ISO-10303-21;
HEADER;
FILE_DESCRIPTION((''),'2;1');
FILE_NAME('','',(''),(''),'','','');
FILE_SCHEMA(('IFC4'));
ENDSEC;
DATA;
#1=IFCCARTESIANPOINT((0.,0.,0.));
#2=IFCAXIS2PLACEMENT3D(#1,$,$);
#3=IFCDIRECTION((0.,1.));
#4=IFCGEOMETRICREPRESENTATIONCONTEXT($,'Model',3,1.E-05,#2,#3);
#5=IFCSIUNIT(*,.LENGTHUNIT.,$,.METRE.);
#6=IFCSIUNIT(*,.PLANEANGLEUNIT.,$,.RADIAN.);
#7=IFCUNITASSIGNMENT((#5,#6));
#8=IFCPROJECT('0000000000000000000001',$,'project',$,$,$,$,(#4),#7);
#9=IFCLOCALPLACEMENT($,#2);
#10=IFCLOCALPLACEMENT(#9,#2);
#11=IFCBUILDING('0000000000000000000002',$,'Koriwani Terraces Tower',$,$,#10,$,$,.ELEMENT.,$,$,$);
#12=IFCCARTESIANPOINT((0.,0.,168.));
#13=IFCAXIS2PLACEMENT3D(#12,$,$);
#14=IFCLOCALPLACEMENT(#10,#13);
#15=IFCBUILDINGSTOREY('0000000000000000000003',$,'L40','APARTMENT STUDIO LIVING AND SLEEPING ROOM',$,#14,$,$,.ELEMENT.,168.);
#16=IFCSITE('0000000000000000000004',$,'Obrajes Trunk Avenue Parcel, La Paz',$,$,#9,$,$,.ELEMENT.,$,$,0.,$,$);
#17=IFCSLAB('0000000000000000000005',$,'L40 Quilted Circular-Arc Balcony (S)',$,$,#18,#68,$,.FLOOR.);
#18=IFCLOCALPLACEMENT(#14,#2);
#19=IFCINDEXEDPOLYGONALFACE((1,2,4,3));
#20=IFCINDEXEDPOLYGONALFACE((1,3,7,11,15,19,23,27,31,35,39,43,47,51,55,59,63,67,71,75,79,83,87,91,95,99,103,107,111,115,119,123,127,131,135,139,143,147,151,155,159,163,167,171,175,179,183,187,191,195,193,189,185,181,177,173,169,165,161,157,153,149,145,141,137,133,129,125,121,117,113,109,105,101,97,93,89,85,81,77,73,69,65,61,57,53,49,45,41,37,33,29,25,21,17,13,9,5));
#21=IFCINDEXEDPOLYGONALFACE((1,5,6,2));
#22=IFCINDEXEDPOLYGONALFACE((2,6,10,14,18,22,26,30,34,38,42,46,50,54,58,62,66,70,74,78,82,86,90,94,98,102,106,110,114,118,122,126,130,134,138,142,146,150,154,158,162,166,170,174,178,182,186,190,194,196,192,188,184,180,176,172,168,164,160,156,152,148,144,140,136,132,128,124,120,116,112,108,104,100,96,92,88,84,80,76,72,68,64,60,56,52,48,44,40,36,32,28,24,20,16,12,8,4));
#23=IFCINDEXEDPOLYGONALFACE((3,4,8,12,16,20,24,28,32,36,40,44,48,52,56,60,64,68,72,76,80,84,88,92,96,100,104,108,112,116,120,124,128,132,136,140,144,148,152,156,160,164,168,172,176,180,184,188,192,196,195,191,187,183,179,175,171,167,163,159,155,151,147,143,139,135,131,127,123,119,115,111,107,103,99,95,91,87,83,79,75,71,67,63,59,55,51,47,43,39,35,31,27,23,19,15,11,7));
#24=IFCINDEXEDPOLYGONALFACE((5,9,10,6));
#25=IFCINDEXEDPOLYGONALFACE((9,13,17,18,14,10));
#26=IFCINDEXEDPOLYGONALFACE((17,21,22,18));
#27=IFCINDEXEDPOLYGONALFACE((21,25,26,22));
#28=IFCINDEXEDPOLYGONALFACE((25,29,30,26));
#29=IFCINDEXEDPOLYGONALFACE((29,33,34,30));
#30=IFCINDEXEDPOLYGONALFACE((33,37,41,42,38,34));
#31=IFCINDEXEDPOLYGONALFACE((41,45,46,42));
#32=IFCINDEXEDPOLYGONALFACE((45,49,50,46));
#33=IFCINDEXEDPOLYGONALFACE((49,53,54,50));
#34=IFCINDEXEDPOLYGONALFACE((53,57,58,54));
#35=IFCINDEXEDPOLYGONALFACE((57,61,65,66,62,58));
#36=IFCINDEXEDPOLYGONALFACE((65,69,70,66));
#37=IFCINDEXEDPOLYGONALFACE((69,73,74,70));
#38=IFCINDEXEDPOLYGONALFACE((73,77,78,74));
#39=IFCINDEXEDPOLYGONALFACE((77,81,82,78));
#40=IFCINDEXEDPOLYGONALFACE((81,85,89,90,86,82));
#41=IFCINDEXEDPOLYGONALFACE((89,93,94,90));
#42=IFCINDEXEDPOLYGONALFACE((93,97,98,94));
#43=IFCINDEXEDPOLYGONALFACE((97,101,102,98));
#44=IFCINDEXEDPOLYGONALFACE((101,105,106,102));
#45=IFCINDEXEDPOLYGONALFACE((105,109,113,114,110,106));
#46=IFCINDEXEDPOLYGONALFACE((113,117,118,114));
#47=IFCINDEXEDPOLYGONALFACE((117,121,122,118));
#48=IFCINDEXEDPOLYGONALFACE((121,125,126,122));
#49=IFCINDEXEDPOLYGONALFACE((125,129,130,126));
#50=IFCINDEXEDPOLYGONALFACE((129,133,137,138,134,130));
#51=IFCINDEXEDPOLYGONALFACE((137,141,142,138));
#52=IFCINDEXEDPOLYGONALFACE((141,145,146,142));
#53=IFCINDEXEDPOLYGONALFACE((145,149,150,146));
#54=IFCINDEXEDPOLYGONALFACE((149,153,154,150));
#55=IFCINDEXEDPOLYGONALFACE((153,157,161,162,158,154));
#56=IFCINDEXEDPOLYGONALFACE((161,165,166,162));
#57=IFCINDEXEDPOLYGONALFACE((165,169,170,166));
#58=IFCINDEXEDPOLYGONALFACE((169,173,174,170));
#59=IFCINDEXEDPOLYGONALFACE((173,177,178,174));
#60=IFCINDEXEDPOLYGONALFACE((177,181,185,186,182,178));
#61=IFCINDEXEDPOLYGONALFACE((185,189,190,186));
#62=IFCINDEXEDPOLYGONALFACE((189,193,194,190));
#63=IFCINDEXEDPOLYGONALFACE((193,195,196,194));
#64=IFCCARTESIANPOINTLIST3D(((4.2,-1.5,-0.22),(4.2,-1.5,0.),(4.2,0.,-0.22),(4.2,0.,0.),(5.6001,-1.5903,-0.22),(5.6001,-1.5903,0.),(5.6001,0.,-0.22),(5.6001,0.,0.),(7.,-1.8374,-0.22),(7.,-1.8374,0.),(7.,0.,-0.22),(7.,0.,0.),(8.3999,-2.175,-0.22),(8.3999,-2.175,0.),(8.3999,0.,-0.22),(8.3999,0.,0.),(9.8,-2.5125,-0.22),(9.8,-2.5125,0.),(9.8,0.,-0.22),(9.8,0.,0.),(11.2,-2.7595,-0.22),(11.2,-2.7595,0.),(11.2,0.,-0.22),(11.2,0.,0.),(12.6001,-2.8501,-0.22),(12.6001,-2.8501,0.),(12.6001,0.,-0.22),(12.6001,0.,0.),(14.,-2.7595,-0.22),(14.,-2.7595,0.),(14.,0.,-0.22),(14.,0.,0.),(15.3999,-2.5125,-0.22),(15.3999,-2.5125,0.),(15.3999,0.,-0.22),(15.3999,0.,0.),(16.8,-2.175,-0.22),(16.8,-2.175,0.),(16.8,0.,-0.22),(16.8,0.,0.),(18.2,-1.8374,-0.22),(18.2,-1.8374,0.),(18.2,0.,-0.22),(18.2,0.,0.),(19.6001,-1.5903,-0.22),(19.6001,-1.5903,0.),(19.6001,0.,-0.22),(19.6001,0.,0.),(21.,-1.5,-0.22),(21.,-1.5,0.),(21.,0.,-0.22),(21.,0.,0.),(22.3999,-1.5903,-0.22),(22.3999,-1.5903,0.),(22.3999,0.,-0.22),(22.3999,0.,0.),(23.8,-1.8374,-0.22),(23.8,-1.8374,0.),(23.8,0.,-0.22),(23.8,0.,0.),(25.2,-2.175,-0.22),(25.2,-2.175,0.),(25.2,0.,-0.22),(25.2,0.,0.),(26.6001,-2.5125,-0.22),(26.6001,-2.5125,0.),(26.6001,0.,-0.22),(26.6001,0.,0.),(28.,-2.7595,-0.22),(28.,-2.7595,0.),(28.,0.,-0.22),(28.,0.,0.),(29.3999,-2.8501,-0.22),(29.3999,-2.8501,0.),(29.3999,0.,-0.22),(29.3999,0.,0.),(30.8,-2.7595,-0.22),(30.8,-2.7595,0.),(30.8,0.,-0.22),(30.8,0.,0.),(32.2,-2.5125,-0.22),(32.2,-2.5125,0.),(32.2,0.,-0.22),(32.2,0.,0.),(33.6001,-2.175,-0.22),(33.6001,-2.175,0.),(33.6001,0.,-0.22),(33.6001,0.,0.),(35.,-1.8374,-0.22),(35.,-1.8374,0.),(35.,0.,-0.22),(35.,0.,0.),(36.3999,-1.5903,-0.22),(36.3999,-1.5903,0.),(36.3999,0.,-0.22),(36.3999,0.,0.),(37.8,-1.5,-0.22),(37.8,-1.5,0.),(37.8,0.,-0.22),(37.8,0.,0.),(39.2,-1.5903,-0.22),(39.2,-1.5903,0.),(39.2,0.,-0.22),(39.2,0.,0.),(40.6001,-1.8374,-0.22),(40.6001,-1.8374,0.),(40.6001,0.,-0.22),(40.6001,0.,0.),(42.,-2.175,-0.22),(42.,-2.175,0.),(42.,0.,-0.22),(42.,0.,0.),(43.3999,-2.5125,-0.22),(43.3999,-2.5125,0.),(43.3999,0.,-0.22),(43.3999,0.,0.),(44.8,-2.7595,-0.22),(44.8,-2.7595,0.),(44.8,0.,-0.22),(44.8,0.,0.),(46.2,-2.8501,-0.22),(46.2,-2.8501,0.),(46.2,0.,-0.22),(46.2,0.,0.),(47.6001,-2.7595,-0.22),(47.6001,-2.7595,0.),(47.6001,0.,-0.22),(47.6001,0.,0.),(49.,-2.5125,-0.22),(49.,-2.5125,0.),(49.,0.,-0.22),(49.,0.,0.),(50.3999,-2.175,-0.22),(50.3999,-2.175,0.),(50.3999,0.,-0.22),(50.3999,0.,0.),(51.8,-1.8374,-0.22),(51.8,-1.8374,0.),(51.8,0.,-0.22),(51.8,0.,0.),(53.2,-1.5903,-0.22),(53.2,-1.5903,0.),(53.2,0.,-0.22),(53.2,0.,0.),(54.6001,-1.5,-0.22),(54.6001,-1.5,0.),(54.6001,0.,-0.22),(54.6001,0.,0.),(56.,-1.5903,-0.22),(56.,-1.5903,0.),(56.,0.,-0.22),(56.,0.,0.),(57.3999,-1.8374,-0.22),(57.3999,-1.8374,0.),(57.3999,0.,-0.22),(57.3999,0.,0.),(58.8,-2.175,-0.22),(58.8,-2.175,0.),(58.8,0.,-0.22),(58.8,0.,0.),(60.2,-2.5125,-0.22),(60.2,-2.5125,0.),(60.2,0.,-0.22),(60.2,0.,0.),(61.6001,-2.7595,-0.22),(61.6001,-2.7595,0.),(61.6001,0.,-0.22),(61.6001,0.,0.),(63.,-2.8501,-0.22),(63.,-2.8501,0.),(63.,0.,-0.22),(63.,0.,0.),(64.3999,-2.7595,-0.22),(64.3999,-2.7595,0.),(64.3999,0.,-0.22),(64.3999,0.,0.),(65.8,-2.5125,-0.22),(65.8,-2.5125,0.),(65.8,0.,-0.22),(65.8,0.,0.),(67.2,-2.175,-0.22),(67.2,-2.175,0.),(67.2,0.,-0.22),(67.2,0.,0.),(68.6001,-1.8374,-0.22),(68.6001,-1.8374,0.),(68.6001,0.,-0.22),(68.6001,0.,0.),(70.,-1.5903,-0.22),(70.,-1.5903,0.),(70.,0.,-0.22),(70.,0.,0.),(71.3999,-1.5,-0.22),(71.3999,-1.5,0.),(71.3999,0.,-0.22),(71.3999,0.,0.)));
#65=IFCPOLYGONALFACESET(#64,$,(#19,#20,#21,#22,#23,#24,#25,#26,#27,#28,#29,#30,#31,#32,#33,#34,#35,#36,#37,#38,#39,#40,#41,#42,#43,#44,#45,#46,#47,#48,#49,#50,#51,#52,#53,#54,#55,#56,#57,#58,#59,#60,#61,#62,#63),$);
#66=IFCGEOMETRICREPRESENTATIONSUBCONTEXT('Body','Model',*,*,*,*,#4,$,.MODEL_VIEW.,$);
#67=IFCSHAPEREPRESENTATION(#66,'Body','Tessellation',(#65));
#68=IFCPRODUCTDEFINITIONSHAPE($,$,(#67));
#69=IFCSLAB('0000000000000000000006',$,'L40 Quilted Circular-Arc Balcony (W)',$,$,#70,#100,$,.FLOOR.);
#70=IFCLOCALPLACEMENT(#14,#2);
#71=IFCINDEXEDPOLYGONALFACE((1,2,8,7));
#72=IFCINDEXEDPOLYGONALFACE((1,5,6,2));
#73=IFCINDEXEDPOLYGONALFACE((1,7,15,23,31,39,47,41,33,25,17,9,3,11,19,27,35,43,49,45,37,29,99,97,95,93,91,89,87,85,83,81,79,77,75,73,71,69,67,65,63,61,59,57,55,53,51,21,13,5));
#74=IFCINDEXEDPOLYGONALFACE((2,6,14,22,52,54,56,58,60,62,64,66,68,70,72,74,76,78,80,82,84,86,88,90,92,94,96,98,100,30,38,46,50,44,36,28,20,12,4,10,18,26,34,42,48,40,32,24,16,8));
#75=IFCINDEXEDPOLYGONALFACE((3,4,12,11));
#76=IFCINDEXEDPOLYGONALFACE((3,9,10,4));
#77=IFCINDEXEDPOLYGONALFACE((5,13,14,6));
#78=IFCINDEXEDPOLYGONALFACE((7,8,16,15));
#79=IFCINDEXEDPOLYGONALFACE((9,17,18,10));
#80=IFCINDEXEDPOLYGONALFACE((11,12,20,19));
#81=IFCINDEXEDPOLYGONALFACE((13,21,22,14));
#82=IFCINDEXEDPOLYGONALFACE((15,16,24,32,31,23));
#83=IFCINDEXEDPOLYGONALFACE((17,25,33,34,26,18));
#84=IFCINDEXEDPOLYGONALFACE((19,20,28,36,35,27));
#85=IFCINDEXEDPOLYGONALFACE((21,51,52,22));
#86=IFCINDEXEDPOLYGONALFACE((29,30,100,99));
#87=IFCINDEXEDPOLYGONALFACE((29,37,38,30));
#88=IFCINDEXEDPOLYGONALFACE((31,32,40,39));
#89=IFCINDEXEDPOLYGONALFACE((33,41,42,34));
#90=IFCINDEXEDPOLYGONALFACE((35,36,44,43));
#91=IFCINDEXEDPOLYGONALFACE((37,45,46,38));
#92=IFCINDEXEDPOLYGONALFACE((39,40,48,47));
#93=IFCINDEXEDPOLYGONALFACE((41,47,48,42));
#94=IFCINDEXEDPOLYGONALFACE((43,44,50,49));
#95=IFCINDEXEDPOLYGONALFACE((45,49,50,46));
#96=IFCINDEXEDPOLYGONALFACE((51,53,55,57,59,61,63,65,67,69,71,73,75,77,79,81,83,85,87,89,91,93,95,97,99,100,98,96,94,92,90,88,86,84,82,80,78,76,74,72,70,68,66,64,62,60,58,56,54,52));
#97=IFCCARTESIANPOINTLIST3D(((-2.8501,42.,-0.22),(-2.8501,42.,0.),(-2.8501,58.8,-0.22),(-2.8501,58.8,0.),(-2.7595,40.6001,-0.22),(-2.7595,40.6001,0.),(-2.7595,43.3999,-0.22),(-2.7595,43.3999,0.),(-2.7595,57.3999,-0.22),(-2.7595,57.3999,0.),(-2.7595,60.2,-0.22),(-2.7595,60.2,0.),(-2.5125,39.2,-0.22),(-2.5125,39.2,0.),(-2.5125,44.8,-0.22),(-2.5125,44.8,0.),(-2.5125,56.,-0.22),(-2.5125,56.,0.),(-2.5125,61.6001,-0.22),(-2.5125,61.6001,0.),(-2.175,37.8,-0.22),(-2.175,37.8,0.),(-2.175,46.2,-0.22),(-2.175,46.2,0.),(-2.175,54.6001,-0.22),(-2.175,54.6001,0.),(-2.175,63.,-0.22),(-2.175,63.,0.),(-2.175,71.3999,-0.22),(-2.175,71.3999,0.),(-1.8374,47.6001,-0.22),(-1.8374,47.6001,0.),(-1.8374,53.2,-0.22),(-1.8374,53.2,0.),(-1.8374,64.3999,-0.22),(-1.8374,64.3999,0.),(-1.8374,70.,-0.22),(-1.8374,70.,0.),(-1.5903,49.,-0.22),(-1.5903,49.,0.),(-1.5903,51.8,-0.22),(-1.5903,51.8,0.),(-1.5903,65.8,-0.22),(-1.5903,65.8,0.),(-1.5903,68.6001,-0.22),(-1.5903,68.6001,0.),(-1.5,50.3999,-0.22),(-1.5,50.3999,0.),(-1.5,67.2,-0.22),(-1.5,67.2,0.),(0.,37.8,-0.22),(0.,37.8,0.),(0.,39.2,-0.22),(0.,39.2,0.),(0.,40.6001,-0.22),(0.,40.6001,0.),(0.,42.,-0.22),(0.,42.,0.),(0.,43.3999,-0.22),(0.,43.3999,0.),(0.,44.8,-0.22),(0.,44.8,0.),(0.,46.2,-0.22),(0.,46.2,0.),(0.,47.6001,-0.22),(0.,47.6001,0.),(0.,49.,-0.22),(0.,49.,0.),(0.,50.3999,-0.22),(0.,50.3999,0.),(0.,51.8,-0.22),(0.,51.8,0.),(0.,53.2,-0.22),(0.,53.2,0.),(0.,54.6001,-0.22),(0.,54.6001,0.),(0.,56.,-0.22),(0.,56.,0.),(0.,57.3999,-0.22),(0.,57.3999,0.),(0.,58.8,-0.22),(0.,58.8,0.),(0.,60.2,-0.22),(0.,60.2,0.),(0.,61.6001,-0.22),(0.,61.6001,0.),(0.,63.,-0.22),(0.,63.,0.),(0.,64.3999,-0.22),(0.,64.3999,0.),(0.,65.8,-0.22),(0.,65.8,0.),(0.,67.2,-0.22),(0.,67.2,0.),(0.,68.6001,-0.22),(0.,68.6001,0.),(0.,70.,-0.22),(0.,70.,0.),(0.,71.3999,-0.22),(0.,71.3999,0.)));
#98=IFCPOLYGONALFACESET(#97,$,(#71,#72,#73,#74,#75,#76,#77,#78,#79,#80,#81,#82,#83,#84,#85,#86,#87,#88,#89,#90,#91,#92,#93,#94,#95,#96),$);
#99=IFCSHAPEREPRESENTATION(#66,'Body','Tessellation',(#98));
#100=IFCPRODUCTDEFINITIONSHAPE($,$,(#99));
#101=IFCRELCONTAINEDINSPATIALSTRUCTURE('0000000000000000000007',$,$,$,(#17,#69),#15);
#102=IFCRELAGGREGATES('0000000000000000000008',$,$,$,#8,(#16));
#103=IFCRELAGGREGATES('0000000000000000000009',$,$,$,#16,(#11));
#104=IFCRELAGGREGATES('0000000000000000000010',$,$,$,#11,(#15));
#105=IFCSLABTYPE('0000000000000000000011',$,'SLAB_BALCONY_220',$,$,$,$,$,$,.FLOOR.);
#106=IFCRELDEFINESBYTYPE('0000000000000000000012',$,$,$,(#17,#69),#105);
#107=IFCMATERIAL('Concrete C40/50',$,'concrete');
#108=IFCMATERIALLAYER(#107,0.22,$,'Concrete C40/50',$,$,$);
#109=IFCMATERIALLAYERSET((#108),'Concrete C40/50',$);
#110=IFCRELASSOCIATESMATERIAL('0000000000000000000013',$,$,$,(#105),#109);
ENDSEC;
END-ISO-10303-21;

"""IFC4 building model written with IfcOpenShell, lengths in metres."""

from ifc_helpers import new_model, si_unit, direction, frame, origin, place, context, subcontext, project, spatial, polyline, outline, extrude, material, layer, layer_set, type_object, element, save


model = new_model("IFC4")

# Units and contexts
model_context = context("Model", 3, precision=1e-05, world=origin(), true_north=direction((0.0, 1.0)))
body_context = subcontext(model_context, "Body", "Model", "MODEL_VIEW")
ifc_project = project(units=[si_unit("LENGTHUNIT", "METRE"), si_unit("PLANEANGLEUNIT", "RADIAN")], contexts=[model_context])

# Site, building, storey
site_placement = place(None, origin())
site = spatial("IfcSite", under=ifc_project, at=site_placement, Name="Obrajes Trunk Avenue Parcel, La Paz", CompositionType="ELEMENT", RefElevation=0.0)
building_placement = place(site_placement, origin())
building = spatial("IfcBuilding", under=site, at=building_placement, Name="Koriwani Terraces Tower", CompositionType="ELEMENT")
storey_placement = place(building_placement, frame((0.0, 0.0, 168.0)))
storey = spatial("IfcBuildingStorey", under=building, at=storey_placement, Name="L40", Description="APARTMENT STUDIO LIVING AND SLEEPING ROOM", CompositionType="ELEMENT", Elevation=168.0)

# Shared definitions
ifc_material_1 = material(Name="Concrete C40/50", Category="concrete")

# Slabs
ifc_layer_1 = layer(ifc_material_1, 0.22, Name="Concrete C40/50")
ifc_layer_set_1 = layer_set([ifc_layer_1], Name="Concrete C40/50")
slab_type_1 = type_object("IfcSlabType", Name="SLAB_BALCONY_220", PredefinedType="FLOOR", material=ifc_layer_set_1)
slab_1_placement = place(storey_placement, frame((0.0, 0.0, -0.22)))
element("IfcSlab", 1, at=slab_1_placement, inside=storey, type_object=slab_type_1, Name="L40 Quilted Circular-Arc Balcony (S)", PredefinedType="FLOOR", context=body_context, shape_type="SweptSolid", body=[
    extrude(outline(polyline([(4.2, 0.0), (5.6001, 0.0), (7.0, 0.0), (8.3999, 0.0), (9.8, 0.0), (11.2, 0.0), (12.6001, 0.0), (14.0, 0.0), (15.3999, 0.0), (16.8, 0.0), (18.2, 0.0), (19.6001, 0.0), (21.0, 0.0), (22.3999, 0.0), (23.8, 0.0), (25.2, 0.0), (26.6001, 0.0), (28.0, 0.0), (29.3999, 0.0), (30.8, 0.0), (32.2, 0.0), (33.6001, 0.0), (35.0, 0.0), (36.3999, 0.0), (37.8, 0.0), (39.2, 0.0), (40.6001, 0.0), (42.0, 0.0), (43.3999, 0.0), (44.8, 0.0), (46.2, 0.0), (47.6001, 0.0), (49.0, 0.0), (50.3999, 0.0), (51.8, 0.0), (53.2, 0.0), (54.6001, 0.0), (56.0, 0.0), (57.3999, 0.0), (58.8, 0.0), (60.2, 0.0), (61.6001, 0.0), (63.0, 0.0), (64.3999, 0.0), (65.8, 0.0), (67.2, 0.0), (68.6001, 0.0), (70.0, 0.0), (71.3999, 0.0), (71.3999, -1.5), (70.0, -1.5903), (68.6001, -1.8374), (67.2, -2.175), (65.8, -2.5125), (64.3999, -2.7595), (63.0, -2.8501), (61.6001, -2.7595), (60.2, -2.5125), (58.8, -2.175), (57.3999, -1.8374), (56.0, -1.5903), (54.6001, -1.5), (53.2, -1.5903), (51.8, -1.8374), (50.3999, -2.175), (49.0, -2.5125), (47.6001, -2.7595), (46.2, -2.8501), (44.8, -2.7595), (43.3999, -2.5125), (42.0, -2.175), (40.6001, -1.8374), (39.2, -1.5903), (37.8, -1.5), (36.3999, -1.5903), (35.0, -1.8374), (33.6001, -2.175), (32.2, -2.5125), (30.8, -2.7595), (29.3999, -2.8501), (28.0, -2.7595), (26.6001, -2.5125), (25.2, -2.175), (23.8, -1.8374), (22.3999, -1.5903), (21.0, -1.5), (19.6001, -1.5903), (18.2, -1.8374), (16.8, -2.175), (15.3999, -2.5125), (14.0, -2.7595), (12.6001, -2.8501), (11.2, -2.7595), (9.8, -2.5125), (8.3999, -2.175), (7.0, -1.8374), (5.6001, -1.5903), (4.2, -1.5), (4.2, 0.0)])), origin(), (0.0, 0.0, 1.0), 0.22),
])
slab_2_placement = place(storey_placement, frame((0.0, 0.0, -0.22)))
element("IfcSlab", 2, at=slab_2_placement, inside=storey, type_object=slab_type_1, Name="L40 Quilted Circular-Arc Balcony (W)", PredefinedType="FLOOR", context=body_context, shape_type="SweptSolid", body=[
    extrude(outline(polyline([(0.0, 37.8), (0.0, 39.2), (0.0, 40.6001), (0.0, 42.0), (0.0, 43.3999), (0.0, 44.8), (0.0, 46.2), (0.0, 47.6001), (0.0, 49.0), (0.0, 50.3999), (0.0, 51.8), (0.0, 53.2), (0.0, 54.6001), (0.0, 56.0), (0.0, 57.3999), (0.0, 58.8), (0.0, 60.2), (0.0, 61.6001), (0.0, 63.0), (0.0, 64.3999), (0.0, 65.8), (0.0, 67.2), (0.0, 68.6001), (0.0, 70.0), (0.0, 71.3999), (-2.175, 71.3999), (-1.8374, 70.0), (-1.5903, 68.6001), (-1.5, 67.2), (-1.5903, 65.8), (-1.8374, 64.3999), (-2.175, 63.0), (-2.5125, 61.6001), (-2.7595, 60.2), (-2.8501, 58.8), (-2.7595, 57.3999), (-2.5125, 56.0), (-2.175, 54.6001), (-1.8374, 53.2), (-1.5903, 51.8), (-1.5, 50.3999), (-1.5903, 49.0), (-1.8374, 47.6001), (-2.175, 46.2), (-2.5125, 44.8), (-2.7595, 43.3999), (-2.8501, 42.0), (-2.7595, 40.6001), (-2.5125, 39.2), (-2.175, 37.8), (0.0, 37.8)])), origin(), (0.0, 0.0, 1.0), 0.22),
])

save(model, "model.ifc")
